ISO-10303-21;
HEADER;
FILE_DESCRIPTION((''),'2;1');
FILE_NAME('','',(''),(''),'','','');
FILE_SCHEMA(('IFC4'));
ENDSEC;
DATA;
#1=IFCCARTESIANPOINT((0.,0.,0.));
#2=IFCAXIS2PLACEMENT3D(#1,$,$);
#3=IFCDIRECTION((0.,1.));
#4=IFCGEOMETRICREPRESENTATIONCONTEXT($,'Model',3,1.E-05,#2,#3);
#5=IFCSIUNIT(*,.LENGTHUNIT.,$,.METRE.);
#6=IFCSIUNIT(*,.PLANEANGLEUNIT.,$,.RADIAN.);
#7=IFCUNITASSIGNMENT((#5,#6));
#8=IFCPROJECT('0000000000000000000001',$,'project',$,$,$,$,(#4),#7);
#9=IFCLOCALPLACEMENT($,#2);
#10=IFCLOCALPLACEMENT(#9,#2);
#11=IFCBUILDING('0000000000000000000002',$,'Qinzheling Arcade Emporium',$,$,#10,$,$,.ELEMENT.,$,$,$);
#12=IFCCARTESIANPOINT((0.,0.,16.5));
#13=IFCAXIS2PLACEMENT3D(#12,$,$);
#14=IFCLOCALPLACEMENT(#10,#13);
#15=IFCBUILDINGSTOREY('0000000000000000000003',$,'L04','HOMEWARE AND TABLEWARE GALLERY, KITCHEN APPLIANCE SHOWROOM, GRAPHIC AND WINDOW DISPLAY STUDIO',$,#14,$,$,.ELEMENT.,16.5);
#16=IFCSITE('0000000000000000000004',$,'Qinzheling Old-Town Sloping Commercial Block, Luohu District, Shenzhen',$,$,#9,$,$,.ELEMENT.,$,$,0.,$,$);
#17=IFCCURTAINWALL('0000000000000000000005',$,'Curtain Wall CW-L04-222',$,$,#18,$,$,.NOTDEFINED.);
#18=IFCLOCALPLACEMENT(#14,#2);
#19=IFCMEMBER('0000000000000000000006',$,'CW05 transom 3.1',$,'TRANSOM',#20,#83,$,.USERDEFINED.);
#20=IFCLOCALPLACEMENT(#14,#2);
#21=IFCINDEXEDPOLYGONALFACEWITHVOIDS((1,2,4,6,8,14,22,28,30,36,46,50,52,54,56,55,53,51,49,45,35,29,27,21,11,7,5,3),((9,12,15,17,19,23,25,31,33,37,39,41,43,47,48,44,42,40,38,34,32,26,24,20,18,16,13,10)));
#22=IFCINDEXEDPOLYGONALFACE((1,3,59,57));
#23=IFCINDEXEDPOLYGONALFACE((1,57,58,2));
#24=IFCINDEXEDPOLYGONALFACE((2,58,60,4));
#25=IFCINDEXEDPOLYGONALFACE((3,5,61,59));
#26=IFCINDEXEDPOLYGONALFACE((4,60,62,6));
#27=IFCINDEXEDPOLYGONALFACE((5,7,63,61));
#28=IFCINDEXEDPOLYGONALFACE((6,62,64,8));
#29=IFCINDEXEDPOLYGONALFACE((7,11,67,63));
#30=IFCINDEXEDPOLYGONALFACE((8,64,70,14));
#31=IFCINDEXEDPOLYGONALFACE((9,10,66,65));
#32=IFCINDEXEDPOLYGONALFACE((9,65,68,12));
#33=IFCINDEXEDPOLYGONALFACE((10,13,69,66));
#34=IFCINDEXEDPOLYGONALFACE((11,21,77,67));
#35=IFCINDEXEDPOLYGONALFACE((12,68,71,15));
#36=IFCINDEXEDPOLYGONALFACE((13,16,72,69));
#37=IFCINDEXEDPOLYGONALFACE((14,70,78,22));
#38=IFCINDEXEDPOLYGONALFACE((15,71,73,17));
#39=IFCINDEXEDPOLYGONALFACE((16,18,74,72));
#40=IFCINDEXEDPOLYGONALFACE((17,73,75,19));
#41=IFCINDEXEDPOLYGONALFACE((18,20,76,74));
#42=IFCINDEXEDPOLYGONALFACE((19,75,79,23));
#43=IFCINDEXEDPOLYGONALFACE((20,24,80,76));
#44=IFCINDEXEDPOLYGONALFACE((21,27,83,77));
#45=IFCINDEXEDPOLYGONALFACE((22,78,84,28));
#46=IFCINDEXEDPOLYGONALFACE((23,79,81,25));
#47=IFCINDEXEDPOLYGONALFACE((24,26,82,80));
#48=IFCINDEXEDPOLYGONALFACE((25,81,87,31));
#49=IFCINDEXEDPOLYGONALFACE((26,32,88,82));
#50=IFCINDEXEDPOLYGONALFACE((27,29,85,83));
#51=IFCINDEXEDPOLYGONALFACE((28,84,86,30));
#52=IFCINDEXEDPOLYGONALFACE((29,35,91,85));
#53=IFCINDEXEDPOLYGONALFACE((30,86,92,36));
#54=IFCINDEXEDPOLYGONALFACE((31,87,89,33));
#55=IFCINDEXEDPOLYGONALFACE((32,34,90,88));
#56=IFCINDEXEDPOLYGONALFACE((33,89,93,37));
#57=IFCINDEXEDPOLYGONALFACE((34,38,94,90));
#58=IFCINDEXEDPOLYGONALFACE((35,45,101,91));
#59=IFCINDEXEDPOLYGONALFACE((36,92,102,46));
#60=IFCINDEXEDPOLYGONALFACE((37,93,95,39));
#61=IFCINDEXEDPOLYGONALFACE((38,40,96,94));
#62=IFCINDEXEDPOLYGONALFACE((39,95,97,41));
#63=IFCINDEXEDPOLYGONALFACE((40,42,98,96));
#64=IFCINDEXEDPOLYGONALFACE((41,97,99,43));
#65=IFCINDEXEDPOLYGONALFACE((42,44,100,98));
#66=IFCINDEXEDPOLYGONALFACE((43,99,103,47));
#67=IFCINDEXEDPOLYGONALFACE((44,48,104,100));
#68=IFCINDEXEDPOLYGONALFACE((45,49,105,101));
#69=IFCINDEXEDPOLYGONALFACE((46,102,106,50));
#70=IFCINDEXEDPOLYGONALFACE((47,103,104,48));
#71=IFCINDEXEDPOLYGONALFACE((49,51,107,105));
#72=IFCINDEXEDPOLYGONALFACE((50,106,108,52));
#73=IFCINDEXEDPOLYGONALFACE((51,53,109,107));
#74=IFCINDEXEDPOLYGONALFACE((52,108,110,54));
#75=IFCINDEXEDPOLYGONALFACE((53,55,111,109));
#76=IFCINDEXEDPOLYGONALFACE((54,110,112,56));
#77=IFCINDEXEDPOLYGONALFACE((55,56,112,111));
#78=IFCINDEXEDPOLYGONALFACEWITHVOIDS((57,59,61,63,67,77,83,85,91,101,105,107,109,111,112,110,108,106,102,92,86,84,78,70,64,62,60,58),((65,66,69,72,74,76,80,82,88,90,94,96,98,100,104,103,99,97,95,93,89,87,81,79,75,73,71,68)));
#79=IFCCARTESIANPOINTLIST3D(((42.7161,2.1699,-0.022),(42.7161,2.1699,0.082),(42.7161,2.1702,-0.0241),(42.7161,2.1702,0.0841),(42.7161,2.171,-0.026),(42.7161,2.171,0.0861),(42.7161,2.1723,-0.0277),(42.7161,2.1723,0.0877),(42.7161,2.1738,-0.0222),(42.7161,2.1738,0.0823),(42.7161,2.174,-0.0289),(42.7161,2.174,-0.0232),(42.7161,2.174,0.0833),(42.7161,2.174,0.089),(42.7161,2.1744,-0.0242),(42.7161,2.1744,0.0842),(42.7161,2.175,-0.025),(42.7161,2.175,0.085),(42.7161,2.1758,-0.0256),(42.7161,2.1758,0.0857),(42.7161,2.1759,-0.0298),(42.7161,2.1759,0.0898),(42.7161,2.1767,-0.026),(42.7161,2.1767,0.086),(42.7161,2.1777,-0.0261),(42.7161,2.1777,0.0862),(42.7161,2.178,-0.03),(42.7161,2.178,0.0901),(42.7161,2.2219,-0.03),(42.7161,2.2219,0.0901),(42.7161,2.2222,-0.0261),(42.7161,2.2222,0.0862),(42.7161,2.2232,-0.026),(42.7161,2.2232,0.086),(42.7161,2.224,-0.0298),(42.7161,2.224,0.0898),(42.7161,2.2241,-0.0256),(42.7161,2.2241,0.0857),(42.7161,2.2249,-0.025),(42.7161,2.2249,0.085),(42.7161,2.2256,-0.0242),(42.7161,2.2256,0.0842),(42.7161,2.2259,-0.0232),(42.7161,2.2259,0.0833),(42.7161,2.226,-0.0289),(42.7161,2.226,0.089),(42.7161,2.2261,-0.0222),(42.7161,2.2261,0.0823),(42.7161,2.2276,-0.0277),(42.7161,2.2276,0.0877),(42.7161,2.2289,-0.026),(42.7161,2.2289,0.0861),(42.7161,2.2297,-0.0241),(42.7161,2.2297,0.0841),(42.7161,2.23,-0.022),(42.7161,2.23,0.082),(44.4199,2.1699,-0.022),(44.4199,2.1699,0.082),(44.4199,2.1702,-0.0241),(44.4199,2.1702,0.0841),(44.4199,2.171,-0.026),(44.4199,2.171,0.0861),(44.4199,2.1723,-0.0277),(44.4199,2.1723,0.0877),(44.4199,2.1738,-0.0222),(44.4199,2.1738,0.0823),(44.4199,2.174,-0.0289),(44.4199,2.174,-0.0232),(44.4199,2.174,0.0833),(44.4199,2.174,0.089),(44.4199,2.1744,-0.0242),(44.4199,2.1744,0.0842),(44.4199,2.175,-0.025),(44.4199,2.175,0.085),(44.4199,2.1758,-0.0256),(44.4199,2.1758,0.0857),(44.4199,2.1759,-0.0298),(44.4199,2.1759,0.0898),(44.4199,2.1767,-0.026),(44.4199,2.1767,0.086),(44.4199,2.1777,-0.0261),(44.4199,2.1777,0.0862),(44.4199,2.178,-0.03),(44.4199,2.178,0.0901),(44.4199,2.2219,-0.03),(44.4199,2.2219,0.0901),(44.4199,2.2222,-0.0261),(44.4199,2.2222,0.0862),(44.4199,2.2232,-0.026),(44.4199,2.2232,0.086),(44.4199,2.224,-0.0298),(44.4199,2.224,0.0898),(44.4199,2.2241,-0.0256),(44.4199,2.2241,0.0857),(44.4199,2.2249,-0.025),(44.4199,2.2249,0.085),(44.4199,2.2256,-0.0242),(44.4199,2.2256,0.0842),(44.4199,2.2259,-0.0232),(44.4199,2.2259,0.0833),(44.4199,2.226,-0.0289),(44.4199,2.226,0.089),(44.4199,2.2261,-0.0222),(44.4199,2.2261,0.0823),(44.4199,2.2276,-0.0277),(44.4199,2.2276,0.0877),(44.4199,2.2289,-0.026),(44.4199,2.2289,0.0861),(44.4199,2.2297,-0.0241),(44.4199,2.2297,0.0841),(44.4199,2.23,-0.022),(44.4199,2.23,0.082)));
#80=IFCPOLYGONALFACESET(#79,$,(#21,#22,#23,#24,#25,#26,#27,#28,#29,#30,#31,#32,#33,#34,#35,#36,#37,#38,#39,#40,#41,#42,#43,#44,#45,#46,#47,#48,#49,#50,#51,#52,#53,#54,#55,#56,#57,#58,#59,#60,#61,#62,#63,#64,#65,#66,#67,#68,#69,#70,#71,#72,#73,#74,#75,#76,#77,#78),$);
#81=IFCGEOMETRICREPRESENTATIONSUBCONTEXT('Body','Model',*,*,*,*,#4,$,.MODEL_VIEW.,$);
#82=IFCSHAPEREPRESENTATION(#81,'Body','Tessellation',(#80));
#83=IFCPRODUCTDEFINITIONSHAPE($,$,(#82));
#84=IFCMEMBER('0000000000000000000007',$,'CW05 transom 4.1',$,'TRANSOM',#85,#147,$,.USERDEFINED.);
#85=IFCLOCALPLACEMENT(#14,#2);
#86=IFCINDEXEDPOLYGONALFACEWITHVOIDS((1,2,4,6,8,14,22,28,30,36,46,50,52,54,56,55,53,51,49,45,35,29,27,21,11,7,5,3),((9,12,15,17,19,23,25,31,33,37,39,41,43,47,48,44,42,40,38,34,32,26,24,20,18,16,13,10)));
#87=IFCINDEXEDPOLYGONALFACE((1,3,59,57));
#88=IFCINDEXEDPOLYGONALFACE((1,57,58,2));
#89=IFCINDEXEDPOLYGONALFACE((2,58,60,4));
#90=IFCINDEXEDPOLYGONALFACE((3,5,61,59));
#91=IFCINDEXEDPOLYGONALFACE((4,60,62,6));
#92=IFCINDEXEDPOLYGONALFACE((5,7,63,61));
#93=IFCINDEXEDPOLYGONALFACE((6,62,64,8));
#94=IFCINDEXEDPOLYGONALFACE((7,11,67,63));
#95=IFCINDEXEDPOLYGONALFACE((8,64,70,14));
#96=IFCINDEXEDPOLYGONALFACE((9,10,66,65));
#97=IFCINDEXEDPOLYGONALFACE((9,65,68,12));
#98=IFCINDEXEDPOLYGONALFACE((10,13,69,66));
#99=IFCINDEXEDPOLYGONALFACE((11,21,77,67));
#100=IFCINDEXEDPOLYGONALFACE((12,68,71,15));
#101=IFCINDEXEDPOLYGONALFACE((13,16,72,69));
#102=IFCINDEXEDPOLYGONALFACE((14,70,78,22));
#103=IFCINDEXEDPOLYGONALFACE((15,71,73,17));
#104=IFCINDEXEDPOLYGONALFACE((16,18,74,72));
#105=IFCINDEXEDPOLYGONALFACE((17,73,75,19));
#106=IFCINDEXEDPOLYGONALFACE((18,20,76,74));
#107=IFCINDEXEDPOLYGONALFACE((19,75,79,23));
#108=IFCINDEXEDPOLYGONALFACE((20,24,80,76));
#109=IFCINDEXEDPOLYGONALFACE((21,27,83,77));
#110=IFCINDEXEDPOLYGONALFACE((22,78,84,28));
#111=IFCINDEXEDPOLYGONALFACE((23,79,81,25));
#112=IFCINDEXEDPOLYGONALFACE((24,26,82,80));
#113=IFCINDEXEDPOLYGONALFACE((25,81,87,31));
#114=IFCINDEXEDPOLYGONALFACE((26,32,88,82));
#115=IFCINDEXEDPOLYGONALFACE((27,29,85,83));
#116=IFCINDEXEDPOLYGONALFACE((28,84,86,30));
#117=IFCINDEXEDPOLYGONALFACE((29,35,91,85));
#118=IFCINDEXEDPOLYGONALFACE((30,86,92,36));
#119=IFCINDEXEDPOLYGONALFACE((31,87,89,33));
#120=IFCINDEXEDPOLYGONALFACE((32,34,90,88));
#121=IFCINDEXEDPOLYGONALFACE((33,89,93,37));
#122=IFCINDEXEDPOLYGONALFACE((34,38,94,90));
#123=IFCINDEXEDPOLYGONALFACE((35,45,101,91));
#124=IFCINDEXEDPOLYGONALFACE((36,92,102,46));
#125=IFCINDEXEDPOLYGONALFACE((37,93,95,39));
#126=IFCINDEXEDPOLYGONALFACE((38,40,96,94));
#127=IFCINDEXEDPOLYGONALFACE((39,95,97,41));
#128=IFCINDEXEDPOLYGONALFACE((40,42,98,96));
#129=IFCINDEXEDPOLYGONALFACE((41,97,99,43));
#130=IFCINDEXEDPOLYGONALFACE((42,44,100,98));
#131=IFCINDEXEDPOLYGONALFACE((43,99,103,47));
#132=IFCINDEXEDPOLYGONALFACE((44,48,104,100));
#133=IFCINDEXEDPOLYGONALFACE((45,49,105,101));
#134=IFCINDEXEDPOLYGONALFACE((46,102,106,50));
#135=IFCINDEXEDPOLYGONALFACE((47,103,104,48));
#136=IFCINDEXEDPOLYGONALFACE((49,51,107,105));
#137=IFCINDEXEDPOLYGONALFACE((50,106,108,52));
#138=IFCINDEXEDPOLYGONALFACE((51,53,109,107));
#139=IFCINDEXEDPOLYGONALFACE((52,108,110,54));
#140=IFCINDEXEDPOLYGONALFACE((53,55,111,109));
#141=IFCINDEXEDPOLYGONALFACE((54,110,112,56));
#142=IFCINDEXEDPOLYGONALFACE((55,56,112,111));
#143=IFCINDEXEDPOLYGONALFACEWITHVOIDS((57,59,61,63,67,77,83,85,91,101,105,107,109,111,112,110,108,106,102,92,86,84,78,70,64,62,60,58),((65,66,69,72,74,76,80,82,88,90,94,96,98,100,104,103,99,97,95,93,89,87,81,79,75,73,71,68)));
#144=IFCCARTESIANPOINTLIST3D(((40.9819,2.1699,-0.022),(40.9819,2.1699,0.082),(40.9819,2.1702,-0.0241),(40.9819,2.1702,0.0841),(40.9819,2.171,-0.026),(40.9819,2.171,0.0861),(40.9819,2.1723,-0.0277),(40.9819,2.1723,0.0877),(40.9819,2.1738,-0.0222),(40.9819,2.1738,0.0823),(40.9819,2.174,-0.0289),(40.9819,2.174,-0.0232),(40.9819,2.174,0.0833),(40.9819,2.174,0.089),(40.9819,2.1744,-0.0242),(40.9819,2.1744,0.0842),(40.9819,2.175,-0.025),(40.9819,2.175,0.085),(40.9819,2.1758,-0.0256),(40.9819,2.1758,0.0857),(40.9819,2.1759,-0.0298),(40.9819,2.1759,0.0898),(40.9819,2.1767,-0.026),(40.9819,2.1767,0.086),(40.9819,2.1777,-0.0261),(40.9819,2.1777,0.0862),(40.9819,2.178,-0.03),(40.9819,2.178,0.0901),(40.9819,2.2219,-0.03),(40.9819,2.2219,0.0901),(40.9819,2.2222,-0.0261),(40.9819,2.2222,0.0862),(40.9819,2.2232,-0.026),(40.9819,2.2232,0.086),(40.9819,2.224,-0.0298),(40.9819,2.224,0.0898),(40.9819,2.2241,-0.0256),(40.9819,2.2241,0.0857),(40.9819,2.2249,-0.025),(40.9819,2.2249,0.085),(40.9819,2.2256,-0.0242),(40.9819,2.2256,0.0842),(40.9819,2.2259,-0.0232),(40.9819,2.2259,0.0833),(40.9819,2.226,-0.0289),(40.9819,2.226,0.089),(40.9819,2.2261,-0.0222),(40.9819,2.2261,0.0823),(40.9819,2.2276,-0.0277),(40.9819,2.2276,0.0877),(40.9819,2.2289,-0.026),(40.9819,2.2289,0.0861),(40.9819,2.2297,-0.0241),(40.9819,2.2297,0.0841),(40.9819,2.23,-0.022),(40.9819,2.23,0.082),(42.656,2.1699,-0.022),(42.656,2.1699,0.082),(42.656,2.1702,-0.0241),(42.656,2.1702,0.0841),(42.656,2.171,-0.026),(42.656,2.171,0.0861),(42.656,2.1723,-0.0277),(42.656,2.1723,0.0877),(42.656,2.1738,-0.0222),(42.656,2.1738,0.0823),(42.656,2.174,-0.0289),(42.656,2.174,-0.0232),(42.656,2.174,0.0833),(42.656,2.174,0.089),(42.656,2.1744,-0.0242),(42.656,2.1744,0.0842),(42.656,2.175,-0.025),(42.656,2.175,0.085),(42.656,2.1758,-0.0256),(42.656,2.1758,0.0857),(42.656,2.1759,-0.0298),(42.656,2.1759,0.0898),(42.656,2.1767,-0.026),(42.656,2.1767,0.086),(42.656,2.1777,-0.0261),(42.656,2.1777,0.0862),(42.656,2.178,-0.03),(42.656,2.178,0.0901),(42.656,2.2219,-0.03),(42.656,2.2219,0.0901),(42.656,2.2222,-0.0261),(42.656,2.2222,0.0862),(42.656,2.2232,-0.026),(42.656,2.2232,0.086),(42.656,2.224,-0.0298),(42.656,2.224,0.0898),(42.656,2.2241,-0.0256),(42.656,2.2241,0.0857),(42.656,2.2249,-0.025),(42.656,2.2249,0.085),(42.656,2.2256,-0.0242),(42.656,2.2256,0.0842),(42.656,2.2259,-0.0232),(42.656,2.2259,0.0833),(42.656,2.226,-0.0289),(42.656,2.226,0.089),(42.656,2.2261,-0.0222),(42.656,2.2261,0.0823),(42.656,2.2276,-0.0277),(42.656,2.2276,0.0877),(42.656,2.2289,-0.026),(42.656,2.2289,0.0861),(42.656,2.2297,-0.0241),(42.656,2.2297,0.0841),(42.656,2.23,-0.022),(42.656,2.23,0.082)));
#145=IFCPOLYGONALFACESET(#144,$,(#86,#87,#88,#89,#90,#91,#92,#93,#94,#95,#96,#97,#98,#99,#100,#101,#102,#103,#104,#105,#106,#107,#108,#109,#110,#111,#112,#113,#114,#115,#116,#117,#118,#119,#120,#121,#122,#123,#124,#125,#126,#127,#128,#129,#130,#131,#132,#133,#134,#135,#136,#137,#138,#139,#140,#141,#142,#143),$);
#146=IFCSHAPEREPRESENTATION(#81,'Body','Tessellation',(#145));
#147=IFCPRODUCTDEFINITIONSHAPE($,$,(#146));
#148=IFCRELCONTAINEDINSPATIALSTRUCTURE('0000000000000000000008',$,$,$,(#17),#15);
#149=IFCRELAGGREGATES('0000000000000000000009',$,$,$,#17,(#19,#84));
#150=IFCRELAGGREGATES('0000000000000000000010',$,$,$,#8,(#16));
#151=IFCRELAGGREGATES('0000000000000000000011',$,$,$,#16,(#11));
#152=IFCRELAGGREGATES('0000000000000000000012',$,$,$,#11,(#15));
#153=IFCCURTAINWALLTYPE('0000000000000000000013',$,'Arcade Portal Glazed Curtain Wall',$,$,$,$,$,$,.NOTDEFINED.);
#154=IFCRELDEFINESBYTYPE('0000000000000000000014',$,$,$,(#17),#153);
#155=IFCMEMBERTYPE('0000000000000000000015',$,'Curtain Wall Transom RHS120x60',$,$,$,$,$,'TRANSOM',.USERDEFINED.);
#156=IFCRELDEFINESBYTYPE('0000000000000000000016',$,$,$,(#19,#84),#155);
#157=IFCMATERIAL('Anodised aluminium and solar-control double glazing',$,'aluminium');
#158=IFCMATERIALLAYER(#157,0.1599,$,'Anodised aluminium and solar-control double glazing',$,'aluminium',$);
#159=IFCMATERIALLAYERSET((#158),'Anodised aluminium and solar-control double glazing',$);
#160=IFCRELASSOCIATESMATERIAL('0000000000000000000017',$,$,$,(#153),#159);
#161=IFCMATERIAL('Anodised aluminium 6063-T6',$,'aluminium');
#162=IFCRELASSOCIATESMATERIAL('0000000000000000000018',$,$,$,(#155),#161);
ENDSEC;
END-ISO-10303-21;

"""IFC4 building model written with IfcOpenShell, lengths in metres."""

from ifc_helpers import new_model, si_unit, direction, frame, origin, origin_2d, place, context, subcontext, project, spatial, hollow_rectangle, extrude, material, layer, layer_set, material_profile, profile_set, type_object, element, aggregate, save


model = new_model("IFC4")

# Units and contexts
model_context = context("Model", 3, precision=1e-05, world=origin(), true_north=direction((0.0, 1.0)))
body_context = subcontext(model_context, "Body", "Model", "MODEL_VIEW")
ifc_project = project(units=[si_unit("LENGTHUNIT", "METRE"), si_unit("PLANEANGLEUNIT", "RADIAN")], contexts=[model_context])

# Site, building, storey
site_placement = place(None, origin())
site = spatial("IfcSite", under=ifc_project, at=site_placement, Name="Qinzheling Old-Town Sloping Commercial Block, Luohu District, Shenzhen", CompositionType="ELEMENT", RefElevation=0.0)
building_placement = place(site_placement, origin())
building = spatial("IfcBuilding", under=site, at=building_placement, Name="Qinzheling Arcade Emporium", CompositionType="ELEMENT")
storey_placement = place(building_placement, frame((0.0, 0.0, 16.5)))
storey = spatial("IfcBuildingStorey", under=building, at=storey_placement, Name="L04", Description="HOMEWARE AND TABLEWARE GALLERY, KITCHEN APPLIANCE SHOWROOM, GRAPHIC AND WINDOW DISPLAY STUDIO", CompositionType="ELEMENT", Elevation=16.5)

# Curtain wall
ifc_material_1 = material(Name="Anodised aluminium and solar-control double glazing", Category="aluminium")
ifc_layer_1 = layer(ifc_material_1, 0.1599, Name="Anodised aluminium and solar-control double glazing", Category="aluminium")
ifc_layer_set_1 = layer_set([ifc_layer_1], Name="Anodised aluminium and solar-control double glazing")
curtain_wall_type = type_object("IfcCurtainWallType", Name="Arcade Portal Glazed Curtain Wall", PredefinedType="NOTDEFINED", material=ifc_layer_set_1)
curtain_wall_1_placement = place(storey_placement, origin())
curtain_wall_1 = element("IfcCurtainWall", 1, at=curtain_wall_1_placement, inside=storey, type_object=curtain_wall_type, Name="Curtain Wall CW-L04-222", PredefinedType="NOTDEFINED")
ifc_material_2 = material(Name="Anodised aluminium 6063-T6", Category="aluminium")

# Members
ifc_material_profile_1 = material_profile(ifc_material_2, hollow_rectangle(XDim=0.0601, YDim=0.1201, WallThickness=0.0039, InnerFilletRadius=0.0039, OuterFilletRadius=0.0081, at=origin_2d()), Name="RHS 120x60x4", Category="aluminium")
ifc_profile_set_1 = profile_set([ifc_material_profile_1], Name="Anodised aluminium 6063-T6")
member_type_1 = type_object("IfcMemberType", Name="Curtain Wall Transom RHS120x60", ElementType="TRANSOM", PredefinedType="USERDEFINED", material=ifc_profile_set_1)
member_1_placement = place(storey_placement, frame((44.4199, 2.2, 0.03), z_axis=(-1.0, 0.0, 0.0), x_axis=(0.0, -1.0, 0.0)))
member_1 = element("IfcMember", 2, at=member_1_placement, type_object=member_type_1, Name="CW05 transom 3.1", ObjectType="TRANSOM", PredefinedType="USERDEFINED", context=body_context, shape_type="SweptSolid", body=[
    extrude(hollow_rectangle(XDim=0.0601, YDim=0.1201, WallThickness=0.0039, InnerFilletRadius=0.0039, OuterFilletRadius=0.0081, at=origin_2d()), origin(), (0.0, 0.0, 1.0), 1.7039),
])
member_2_placement = place(storey_placement, frame((42.656, 2.2, 0.03), z_axis=(-1.0, 0.0, 0.0), x_axis=(0.0, -1.0, 0.0)))
member_2 = element("IfcMember", 3, at=member_2_placement, type_object=member_type_1, Name="CW05 transom 4.1", ObjectType="TRANSOM", PredefinedType="USERDEFINED", context=body_context, shape_type="SweptSolid", body=[
    extrude(hollow_rectangle(XDim=0.0601, YDim=0.1201, WallThickness=0.0039, InnerFilletRadius=0.0039, OuterFilletRadius=0.0081, at=origin_2d()), origin(), (0.0, 0.0, 1.0), 1.6741),
])

aggregate(curtain_wall_1, [member_1, member_2])

save(model, "model.ifc")
